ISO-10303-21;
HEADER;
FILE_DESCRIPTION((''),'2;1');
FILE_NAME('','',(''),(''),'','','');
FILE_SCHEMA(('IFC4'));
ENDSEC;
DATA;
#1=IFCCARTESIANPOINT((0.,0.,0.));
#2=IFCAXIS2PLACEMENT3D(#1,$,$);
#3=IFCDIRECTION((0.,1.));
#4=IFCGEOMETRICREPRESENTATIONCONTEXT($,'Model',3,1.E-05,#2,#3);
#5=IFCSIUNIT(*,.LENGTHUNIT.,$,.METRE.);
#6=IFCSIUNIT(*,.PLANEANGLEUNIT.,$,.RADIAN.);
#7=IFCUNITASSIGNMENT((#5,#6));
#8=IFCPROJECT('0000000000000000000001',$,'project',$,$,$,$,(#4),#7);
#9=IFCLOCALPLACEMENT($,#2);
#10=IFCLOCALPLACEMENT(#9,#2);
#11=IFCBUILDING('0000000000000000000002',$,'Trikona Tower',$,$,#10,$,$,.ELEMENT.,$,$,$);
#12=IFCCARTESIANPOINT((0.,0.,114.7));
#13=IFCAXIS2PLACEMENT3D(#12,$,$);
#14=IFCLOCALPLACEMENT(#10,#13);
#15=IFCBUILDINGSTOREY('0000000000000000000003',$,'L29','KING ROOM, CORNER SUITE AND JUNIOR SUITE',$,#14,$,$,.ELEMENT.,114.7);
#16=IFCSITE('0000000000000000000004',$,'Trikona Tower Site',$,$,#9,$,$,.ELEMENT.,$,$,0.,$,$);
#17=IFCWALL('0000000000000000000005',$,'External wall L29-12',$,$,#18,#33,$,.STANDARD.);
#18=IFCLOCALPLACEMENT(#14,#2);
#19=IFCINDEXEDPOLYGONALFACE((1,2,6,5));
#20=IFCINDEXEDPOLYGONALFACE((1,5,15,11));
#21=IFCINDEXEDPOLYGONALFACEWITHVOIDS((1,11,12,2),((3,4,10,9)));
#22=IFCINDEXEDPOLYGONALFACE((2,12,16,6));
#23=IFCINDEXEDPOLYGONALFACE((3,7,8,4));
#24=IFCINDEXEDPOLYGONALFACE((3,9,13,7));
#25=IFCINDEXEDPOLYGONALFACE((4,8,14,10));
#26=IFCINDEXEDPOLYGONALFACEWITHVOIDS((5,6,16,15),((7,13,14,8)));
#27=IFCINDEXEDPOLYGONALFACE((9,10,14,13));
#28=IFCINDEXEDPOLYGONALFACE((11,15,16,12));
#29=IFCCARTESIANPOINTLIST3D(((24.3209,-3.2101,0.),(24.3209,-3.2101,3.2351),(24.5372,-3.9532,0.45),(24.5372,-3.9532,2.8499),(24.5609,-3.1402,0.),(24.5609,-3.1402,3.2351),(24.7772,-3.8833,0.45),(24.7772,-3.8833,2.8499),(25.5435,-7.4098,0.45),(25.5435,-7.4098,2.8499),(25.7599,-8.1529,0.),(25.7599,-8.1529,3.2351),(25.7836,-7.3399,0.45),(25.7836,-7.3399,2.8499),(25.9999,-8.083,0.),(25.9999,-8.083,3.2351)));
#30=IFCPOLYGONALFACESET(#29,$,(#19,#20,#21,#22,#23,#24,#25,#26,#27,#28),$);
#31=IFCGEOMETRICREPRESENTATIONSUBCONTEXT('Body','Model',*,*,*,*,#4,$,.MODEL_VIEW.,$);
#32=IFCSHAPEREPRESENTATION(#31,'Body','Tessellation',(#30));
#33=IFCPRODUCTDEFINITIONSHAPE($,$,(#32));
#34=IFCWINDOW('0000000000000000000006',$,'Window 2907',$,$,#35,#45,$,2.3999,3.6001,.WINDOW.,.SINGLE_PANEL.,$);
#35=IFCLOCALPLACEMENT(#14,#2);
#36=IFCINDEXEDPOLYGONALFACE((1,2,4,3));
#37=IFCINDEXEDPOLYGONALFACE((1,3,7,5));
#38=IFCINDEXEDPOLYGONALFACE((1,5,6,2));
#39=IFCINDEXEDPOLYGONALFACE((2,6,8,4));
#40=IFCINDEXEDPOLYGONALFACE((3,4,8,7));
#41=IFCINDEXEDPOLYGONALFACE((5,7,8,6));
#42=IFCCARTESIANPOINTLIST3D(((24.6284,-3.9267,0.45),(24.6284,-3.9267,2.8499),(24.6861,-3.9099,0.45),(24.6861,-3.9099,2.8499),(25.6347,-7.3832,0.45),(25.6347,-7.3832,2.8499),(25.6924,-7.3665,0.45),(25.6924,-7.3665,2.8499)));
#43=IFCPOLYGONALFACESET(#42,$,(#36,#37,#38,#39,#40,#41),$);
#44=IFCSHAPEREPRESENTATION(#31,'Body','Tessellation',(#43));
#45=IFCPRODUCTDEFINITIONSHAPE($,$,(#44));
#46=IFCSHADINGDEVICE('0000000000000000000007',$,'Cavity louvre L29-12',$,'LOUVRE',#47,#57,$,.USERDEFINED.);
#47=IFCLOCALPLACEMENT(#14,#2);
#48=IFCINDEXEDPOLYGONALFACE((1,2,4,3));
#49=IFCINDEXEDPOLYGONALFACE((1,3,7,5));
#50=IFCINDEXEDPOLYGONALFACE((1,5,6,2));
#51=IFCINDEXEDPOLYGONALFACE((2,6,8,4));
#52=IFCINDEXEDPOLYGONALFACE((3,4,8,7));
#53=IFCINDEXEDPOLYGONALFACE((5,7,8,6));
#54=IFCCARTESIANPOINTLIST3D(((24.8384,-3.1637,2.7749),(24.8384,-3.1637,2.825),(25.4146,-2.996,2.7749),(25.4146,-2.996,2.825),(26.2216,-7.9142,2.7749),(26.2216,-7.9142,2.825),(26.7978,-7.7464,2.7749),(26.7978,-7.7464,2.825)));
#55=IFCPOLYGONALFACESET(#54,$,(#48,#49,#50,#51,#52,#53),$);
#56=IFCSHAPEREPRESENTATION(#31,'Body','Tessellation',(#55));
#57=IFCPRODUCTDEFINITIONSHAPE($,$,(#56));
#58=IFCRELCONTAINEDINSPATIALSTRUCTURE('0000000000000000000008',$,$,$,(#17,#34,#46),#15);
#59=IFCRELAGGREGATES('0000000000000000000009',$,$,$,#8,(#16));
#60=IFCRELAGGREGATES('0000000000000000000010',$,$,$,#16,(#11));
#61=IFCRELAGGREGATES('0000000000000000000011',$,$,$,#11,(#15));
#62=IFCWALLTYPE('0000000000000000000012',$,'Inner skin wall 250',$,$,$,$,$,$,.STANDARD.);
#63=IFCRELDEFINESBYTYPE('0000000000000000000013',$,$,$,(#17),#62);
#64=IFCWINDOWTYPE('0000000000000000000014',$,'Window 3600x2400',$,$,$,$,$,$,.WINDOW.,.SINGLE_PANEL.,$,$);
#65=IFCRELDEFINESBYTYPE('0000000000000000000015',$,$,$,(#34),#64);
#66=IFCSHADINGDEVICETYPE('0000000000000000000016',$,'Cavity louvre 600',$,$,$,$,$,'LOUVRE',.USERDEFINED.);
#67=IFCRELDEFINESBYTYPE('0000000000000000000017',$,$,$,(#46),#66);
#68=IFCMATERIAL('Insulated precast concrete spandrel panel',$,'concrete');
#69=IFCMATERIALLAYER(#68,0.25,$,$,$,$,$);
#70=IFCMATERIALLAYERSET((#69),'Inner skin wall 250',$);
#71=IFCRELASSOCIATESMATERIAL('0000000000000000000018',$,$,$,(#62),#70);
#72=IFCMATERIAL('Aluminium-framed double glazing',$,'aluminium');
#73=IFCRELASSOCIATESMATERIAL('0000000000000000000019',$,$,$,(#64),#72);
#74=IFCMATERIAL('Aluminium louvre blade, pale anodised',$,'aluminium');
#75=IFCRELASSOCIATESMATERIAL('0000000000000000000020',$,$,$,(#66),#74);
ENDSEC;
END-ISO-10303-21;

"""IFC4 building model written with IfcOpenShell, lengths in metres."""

from ifc_helpers import new_model, si_unit, direction, frame, frame_2d, origin, origin_2d, place, context, subcontext, project, spatial, rectangle, extrude, material, layer, layer_set, type_object, element, fill, save


model = new_model("IFC4")

# Units and contexts
model_context = context("Model", 3, precision=1e-05, world=origin(), true_north=direction((0.0, 1.0)))
body_context = subcontext(model_context, "Body", "Model", "MODEL_VIEW")
ifc_project = project(units=[si_unit("LENGTHUNIT", "METRE"), si_unit("PLANEANGLEUNIT", "RADIAN")], contexts=[model_context])

# Site, building, storey
site_placement = place(None, origin())
site = spatial("IfcSite", under=ifc_project, at=site_placement, Name="Trikona Tower Site", CompositionType="ELEMENT", RefElevation=0.0)
building_placement = place(site_placement, origin())
building = spatial("IfcBuilding", under=site, at=building_placement, Name="Trikona Tower", CompositionType="ELEMENT")
storey_placement = place(building_placement, frame((0.0, 0.0, 114.7)))
storey = spatial("IfcBuildingStorey", under=building, at=storey_placement, Name="L29", Description="KING ROOM, CORNER SUITE AND JUNIOR SUITE", CompositionType="ELEMENT", Elevation=114.7)

# Wall, opening, window
ifc_material_1 = material(Name="Insulated precast concrete spandrel panel", Category="concrete")
ifc_layer_1 = layer(ifc_material_1, 0.25)
ifc_layer_set_1 = layer_set([ifc_layer_1], Name="Inner skin wall 250")
wall_type = type_object("IfcWallType", Name="Inner skin wall 250", PredefinedType="STANDARD", material=ifc_layer_set_1)
wall_placement = place(storey_placement, frame((25.8799, -8.1179, 0.0), z_axis=(0.0, 0.0, 1.0), x_axis=(-0.279528, 0.960137, 0.0)))
wall = element("IfcWall", 1, at=wall_placement, inside=storey, type_object=wall_type, Name="External wall L29-12", PredefinedType="STANDARD", context=body_context, shape_type="SweptSolid", body=[
    extrude(rectangle(XDim=5.1479, YDim=0.25, at=frame_2d((2.574, 0.0))), origin(), (0.0, 0.0, 1.0), 3.2351),
])
opening_placement = place(wall_placement, frame((0.7739, 0.0, 0.45)))
opening = element("IfcOpeningElement", 2, at=opening_placement, cuts=wall, PredefinedType="OPENING", context=body_context, shape_type="SweptSolid", body=[
    extrude(rectangle(XDim=3.6001, YDim=2.3999, at=frame_2d((1.8, 1.2))), frame((0.0, 0.135, 0.0), z_axis=(0.0, -1.0, 0.0), x_axis=(1.0, 0.0, 0.0)), (0.0, 0.0, 1.0), 0.27),
])
ifc_material_2 = material(Name="Aluminium-framed double glazing", Category="aluminium")
window_type = type_object("IfcWindowType", Name="Window 3600x2400", PartitioningType="SINGLE_PANEL", PredefinedType="WINDOW", material=ifc_material_2)
window_placement = place(opening_placement, origin())
window = element("IfcWindow", 3, at=window_placement, inside=storey, type_object=window_type, Name="Window 2907", OverallHeight=2.3999, OverallWidth=3.6001, PartitioningType="SINGLE_PANEL", PredefinedType="WINDOW", context=body_context, shape_type="SweptSolid", body=[
    extrude(rectangle(XDim=3.6001, YDim=2.3999, at=frame_2d((1.8, 1.2))), frame((0.0, 0.03, 0.0), z_axis=(0.0, -1.0, 0.0), x_axis=(1.0, 0.0, 0.0)), (0.0, 0.0, 1.0), 0.0601),
])
fill(opening, window)

# Shading device
ifc_material_3 = material(Name="Aluminium louvre blade, pale anodised", Category="aluminium")
shading_device_type = type_object("IfcShadingDeviceType", Name="Cavity louvre 600", ElementType="LOUVRE", PredefinedType="USERDEFINED", material=ifc_material_3)
shading_device_placement = place(storey_placement, frame((25.8181, -5.4551, 2.7749), z_axis=(0.0, 0.0, 1.0), x_axis=(-0.279554, 0.96013, 0.0)))
element("IfcShadingDevice", 4, at=shading_device_placement, inside=storey, type_object=shading_device_type, Name="Cavity louvre L29-12", ObjectType="LOUVRE", PredefinedType="USERDEFINED", context=body_context, shape_type="SweptSolid", body=[
    extrude(rectangle(XDim=4.9478, YDim=0.6001, at=origin_2d()), origin(), (0.0, 0.0, 1.0), 0.05),
])

save(model, "model.ifc")
